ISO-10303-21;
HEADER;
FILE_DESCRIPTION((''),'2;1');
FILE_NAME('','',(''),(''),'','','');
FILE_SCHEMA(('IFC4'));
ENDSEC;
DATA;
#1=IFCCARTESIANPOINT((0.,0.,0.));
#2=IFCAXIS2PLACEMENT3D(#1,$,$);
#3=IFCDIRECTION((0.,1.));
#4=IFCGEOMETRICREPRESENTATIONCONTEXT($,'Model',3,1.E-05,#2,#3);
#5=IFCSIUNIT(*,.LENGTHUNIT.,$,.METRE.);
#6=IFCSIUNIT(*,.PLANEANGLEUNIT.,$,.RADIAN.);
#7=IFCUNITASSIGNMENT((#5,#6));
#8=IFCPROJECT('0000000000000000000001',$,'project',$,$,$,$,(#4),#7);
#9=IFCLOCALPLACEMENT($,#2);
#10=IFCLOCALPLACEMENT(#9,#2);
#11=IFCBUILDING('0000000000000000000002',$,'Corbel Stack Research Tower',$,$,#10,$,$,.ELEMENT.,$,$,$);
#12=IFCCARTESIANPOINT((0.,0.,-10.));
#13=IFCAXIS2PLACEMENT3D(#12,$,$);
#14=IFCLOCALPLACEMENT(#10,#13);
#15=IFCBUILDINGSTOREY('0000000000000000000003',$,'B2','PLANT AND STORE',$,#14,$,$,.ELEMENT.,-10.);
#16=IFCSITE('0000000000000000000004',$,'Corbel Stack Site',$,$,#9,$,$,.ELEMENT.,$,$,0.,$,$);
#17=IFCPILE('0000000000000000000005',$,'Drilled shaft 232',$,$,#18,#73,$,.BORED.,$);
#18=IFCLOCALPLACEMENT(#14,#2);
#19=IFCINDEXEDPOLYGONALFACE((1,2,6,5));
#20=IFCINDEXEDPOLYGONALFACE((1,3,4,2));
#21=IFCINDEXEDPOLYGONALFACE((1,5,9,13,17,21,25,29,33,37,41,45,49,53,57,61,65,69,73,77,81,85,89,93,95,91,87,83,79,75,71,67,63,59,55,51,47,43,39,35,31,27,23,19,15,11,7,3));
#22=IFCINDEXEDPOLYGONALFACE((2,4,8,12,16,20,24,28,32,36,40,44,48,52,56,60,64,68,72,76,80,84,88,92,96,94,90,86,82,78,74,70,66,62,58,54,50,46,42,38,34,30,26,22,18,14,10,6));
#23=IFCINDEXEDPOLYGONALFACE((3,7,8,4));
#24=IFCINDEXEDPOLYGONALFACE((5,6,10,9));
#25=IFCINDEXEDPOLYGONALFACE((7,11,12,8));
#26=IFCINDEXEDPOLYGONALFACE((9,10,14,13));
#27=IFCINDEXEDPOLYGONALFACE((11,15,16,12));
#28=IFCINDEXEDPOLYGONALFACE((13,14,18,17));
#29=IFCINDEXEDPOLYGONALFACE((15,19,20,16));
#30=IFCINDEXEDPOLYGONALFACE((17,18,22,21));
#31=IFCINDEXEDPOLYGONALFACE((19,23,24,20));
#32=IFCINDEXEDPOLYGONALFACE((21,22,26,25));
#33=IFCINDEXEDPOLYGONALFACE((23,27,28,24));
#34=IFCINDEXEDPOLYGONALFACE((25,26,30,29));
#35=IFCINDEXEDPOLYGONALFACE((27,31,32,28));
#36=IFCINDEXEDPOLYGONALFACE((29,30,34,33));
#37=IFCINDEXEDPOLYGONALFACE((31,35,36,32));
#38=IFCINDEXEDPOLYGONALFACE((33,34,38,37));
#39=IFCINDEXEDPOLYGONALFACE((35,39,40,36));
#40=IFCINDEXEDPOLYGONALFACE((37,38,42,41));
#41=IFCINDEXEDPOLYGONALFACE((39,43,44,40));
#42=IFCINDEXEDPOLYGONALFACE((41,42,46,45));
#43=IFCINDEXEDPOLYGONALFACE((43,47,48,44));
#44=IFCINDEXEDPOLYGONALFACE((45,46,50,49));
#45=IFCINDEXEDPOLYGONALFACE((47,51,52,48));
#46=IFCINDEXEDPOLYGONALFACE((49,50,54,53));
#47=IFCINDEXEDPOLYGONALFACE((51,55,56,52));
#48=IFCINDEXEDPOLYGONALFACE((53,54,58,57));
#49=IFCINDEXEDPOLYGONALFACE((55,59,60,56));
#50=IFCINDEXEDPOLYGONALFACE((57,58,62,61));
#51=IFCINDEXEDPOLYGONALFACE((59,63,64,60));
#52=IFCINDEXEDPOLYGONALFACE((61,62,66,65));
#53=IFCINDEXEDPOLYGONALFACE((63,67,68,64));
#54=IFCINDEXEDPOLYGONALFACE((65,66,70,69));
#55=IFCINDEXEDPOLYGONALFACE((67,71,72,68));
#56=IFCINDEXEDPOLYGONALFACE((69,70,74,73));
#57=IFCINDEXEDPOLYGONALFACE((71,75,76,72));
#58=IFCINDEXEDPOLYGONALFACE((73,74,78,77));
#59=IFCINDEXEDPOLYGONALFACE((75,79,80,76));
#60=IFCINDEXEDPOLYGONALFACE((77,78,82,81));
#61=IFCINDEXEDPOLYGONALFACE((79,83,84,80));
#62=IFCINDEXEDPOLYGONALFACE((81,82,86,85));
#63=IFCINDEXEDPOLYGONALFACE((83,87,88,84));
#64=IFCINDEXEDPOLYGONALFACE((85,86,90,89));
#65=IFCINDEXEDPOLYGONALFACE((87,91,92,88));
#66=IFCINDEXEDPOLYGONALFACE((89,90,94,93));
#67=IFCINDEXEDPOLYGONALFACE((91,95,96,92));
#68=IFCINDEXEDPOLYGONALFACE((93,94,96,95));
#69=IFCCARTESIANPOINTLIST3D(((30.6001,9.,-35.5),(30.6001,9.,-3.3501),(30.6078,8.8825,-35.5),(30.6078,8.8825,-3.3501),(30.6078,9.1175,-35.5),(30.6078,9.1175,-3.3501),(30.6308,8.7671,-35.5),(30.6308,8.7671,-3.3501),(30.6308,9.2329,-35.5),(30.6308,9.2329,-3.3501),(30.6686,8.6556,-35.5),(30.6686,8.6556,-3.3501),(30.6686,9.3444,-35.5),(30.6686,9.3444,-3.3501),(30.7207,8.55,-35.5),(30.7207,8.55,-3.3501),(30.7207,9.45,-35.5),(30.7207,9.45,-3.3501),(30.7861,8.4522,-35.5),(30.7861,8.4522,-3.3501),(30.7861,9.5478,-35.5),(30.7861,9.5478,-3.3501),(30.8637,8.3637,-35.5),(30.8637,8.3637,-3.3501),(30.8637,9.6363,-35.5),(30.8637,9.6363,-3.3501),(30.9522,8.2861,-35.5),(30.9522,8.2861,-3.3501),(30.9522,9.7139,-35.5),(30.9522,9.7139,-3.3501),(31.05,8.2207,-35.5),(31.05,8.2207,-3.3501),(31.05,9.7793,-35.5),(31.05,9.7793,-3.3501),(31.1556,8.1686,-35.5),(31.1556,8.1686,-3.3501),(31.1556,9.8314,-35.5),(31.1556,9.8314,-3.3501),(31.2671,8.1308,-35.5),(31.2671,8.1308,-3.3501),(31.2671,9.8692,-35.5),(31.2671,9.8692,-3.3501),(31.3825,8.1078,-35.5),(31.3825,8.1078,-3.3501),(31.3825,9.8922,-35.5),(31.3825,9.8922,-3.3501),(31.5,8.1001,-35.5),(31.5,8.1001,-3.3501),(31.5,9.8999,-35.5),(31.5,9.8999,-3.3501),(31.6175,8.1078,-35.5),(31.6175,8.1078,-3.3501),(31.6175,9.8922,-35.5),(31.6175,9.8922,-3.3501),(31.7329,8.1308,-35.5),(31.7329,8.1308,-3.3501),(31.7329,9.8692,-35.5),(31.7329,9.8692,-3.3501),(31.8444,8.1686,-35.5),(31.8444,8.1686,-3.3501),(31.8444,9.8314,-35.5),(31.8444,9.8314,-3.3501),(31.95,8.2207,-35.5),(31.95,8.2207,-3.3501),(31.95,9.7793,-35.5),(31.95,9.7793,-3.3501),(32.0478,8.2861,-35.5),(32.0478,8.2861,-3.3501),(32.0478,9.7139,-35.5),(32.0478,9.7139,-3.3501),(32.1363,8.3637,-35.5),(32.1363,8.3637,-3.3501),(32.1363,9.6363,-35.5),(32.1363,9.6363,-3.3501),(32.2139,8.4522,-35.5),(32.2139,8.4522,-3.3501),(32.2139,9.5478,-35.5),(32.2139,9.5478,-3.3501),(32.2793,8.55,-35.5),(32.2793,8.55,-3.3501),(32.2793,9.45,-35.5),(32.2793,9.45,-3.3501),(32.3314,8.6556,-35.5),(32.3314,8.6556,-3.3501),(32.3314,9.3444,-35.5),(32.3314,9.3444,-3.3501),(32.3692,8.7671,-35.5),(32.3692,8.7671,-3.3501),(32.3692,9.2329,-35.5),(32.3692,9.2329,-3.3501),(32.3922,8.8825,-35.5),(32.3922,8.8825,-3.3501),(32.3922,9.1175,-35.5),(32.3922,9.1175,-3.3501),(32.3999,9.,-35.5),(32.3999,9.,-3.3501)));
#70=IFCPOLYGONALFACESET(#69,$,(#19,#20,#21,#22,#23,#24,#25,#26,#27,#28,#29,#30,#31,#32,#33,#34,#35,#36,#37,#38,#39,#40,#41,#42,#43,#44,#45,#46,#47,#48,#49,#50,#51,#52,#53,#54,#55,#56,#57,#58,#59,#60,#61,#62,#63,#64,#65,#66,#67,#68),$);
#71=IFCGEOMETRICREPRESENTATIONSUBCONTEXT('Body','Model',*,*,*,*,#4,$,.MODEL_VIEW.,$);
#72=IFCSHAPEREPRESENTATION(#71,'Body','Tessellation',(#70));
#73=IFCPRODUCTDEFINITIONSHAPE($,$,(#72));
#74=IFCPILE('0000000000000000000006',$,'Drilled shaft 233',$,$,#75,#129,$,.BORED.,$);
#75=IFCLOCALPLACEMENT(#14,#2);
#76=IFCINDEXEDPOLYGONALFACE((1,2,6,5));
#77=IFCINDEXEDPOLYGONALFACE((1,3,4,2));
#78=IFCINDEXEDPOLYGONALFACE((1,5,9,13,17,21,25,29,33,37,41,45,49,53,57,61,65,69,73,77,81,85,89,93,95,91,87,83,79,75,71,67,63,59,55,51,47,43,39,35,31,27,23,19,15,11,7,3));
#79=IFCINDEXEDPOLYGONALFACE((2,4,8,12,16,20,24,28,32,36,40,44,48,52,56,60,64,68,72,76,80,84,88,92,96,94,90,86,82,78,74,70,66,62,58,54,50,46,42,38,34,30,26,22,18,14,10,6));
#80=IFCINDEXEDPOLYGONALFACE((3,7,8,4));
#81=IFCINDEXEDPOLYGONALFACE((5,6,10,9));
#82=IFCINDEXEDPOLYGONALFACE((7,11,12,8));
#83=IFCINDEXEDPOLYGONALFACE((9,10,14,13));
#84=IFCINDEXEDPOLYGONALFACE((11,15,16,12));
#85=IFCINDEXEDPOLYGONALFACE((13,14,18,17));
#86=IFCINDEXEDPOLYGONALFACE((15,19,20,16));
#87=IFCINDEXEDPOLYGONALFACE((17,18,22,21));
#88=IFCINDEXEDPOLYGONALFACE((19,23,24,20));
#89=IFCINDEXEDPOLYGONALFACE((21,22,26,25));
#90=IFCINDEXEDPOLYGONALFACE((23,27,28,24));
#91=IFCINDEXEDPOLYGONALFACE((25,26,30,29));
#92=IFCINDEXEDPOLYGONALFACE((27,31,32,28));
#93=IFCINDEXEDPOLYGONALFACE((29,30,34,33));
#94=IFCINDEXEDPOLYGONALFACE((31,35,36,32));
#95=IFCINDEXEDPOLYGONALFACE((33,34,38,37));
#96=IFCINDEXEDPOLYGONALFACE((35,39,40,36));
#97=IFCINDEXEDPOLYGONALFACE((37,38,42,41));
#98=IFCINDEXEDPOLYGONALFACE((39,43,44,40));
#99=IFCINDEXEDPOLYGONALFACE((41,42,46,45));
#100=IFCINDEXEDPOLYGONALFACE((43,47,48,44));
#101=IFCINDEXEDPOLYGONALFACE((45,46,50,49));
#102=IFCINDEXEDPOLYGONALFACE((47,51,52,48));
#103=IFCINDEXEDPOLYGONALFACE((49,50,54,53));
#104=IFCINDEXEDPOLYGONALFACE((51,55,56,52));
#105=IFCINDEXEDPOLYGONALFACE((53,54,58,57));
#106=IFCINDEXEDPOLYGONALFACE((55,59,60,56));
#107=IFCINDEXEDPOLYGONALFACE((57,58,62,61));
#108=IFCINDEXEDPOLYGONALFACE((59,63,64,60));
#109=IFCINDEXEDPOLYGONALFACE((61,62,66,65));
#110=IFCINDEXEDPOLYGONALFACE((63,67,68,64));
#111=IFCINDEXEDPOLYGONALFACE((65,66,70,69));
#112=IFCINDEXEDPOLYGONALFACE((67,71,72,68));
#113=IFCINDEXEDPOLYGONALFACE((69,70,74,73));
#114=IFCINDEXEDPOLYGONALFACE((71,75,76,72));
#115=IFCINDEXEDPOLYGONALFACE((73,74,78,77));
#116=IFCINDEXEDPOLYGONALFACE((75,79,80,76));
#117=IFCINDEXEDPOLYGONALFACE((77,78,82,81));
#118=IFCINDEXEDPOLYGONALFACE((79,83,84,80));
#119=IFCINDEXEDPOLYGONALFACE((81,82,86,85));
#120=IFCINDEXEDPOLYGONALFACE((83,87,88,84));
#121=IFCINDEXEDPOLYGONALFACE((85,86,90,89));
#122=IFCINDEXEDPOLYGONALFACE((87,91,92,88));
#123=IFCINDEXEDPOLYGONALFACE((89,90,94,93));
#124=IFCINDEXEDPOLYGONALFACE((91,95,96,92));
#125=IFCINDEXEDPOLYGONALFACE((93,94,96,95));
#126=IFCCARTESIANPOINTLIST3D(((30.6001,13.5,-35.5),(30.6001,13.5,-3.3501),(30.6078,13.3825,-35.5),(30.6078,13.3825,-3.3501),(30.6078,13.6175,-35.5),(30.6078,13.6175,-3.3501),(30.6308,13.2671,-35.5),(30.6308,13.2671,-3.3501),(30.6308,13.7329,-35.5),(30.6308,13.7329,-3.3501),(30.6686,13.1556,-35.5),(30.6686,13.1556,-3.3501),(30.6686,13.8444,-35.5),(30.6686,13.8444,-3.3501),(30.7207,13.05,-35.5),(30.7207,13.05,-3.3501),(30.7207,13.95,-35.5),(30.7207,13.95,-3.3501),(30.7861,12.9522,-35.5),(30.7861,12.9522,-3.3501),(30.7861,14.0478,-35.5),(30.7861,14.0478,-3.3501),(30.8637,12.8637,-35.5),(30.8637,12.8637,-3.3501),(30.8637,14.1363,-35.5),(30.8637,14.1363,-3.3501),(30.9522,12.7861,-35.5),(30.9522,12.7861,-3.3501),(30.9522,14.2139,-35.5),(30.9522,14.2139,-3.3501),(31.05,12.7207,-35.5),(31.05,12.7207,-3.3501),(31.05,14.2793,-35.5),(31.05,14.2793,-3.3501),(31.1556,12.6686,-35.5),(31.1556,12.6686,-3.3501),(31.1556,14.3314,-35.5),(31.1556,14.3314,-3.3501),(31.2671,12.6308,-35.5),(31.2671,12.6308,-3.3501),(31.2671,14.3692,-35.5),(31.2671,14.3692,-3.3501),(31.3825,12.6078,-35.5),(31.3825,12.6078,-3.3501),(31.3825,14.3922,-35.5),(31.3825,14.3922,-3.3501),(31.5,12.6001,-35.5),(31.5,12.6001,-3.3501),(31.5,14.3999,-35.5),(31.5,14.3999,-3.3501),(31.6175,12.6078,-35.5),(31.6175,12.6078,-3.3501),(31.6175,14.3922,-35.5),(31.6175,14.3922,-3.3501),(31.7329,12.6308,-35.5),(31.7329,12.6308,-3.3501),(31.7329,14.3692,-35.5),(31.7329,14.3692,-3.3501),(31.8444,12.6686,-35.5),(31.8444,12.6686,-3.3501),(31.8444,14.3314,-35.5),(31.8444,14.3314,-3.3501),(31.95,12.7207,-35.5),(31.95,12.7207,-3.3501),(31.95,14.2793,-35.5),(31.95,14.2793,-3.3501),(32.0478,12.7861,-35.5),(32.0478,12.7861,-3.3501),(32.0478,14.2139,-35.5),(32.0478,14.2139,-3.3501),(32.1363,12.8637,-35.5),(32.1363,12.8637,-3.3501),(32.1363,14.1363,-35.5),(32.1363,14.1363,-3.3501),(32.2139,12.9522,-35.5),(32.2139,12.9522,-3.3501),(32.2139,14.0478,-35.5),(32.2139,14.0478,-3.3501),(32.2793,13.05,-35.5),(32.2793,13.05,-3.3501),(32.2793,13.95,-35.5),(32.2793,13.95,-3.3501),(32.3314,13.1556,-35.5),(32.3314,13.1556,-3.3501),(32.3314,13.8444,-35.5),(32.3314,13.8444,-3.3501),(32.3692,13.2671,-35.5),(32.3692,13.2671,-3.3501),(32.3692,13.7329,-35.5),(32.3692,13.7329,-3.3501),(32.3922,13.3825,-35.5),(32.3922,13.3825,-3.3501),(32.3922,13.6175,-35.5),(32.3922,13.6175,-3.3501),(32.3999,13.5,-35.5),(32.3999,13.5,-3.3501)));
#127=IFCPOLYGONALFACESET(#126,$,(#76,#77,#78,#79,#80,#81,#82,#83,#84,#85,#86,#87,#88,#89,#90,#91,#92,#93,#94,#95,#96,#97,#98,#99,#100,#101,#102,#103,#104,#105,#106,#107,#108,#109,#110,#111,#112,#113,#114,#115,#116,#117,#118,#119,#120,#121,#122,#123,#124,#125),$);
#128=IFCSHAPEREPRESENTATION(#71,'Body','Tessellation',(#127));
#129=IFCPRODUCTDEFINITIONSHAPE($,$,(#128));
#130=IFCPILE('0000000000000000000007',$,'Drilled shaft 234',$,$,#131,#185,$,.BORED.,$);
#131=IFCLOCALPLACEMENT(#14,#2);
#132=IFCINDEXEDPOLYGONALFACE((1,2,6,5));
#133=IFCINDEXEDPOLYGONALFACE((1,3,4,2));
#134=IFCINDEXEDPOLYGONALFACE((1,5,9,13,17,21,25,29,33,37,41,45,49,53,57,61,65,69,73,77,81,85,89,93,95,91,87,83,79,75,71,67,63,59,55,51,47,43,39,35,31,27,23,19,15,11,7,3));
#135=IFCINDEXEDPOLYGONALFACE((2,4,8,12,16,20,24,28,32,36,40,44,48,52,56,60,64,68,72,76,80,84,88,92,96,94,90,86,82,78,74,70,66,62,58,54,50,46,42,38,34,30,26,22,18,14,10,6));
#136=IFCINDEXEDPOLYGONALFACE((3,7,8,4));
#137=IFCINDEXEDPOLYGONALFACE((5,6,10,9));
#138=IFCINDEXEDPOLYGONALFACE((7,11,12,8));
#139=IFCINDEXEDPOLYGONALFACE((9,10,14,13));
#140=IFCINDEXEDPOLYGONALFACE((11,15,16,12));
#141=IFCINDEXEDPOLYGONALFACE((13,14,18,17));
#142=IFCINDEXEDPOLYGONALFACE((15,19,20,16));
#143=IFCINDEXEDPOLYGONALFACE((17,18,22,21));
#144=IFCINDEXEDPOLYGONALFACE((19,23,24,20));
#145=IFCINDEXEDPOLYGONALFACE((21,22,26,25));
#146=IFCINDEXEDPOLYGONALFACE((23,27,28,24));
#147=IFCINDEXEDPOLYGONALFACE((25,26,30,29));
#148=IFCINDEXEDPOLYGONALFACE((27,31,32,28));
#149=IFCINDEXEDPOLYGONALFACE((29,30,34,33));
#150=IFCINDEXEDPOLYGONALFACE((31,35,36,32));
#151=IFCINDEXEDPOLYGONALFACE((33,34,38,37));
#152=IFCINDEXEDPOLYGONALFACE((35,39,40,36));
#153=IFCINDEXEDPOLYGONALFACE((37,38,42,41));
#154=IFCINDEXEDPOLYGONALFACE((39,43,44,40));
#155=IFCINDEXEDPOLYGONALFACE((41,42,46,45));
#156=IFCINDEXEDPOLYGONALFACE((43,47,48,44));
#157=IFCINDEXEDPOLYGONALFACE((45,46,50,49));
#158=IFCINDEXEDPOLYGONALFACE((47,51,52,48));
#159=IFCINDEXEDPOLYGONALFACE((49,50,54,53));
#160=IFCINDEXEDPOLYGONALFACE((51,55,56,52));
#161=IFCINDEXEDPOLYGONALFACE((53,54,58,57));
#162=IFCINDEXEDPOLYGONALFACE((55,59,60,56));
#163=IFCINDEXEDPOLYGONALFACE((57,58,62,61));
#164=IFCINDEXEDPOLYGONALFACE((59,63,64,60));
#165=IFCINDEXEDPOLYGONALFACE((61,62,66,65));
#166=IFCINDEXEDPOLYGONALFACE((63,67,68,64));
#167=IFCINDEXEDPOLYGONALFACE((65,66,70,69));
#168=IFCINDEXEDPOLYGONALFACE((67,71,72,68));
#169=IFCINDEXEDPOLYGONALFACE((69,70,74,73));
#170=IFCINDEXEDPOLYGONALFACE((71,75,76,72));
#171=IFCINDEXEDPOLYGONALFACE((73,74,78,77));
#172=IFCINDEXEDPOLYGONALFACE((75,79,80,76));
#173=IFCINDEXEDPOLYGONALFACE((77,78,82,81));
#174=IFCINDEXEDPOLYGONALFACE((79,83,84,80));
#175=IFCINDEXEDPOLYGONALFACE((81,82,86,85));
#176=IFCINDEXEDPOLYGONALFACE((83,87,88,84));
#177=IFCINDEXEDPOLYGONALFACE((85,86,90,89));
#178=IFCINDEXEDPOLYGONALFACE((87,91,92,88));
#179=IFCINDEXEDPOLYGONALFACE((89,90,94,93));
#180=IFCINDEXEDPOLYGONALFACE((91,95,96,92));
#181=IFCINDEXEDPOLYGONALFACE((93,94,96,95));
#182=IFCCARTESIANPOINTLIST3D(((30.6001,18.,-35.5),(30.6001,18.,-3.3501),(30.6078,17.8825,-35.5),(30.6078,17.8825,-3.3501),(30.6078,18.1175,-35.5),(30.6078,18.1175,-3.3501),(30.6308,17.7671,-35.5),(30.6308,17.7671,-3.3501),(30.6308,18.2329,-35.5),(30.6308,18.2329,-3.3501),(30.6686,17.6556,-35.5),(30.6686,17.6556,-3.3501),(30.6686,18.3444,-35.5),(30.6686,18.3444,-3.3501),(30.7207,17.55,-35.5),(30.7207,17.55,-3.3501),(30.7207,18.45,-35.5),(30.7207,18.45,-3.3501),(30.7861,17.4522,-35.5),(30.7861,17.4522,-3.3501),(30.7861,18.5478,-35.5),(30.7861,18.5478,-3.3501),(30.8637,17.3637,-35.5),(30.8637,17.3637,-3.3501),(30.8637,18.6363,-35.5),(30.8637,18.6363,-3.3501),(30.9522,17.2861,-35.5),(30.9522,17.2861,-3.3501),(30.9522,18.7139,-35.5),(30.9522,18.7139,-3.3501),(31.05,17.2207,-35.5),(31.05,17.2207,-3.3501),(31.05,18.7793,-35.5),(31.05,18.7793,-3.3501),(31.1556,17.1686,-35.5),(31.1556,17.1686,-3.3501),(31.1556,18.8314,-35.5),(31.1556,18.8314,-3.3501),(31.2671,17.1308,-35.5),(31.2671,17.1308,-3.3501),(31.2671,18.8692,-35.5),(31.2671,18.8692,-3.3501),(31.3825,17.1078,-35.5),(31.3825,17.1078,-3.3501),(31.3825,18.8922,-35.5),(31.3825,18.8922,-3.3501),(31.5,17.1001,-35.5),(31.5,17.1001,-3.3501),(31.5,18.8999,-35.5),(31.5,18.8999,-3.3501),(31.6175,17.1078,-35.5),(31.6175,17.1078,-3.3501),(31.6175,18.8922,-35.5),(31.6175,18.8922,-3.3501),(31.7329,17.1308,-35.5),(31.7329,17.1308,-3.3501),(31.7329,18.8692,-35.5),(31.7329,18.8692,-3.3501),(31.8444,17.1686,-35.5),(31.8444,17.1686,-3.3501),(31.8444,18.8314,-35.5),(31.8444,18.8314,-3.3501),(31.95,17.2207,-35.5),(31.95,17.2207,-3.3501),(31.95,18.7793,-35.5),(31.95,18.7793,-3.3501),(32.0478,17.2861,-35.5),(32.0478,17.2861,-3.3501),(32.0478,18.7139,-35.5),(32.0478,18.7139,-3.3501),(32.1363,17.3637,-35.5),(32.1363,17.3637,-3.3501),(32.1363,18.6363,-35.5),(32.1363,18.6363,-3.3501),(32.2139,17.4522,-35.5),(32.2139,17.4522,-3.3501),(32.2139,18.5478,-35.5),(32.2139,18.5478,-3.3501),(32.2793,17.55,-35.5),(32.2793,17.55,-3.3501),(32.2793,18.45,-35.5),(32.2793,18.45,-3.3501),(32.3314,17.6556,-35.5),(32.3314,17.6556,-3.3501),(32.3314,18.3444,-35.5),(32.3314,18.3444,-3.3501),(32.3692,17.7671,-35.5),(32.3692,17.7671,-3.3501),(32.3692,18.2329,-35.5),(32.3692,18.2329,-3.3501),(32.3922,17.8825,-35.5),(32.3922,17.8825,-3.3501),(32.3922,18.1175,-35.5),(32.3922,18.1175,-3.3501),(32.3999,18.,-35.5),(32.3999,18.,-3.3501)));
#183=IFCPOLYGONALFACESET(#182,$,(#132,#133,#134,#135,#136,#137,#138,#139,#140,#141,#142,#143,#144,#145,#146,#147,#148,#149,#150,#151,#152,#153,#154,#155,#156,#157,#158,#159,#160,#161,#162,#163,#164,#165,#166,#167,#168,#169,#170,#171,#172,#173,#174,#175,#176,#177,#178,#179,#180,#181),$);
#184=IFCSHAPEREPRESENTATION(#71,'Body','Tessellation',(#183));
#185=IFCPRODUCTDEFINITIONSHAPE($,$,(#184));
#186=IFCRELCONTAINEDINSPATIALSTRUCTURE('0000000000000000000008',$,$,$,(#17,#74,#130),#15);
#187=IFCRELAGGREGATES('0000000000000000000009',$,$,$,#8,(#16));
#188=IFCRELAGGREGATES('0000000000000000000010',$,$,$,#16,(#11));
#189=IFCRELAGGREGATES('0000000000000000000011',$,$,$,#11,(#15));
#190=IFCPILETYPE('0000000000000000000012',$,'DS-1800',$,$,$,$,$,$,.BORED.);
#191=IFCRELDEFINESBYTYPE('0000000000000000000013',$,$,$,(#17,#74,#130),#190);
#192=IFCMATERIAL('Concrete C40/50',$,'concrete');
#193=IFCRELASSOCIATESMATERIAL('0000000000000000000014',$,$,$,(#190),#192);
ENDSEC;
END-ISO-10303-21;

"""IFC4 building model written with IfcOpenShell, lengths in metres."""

from ifc_helpers import new_model, si_unit, direction, frame, origin, origin_2d, place, context, subcontext, project, spatial, circle, extrude, material, material_profile, profile_set, type_object, element, save


model = new_model("IFC4")

# Units and contexts
model_context = context("Model", 3, precision=1e-05, world=origin(), true_north=direction((0.0, 1.0)))
body_context = subcontext(model_context, "Body", "Model", "MODEL_VIEW")
ifc_project = project(units=[si_unit("LENGTHUNIT", "METRE"), si_unit("PLANEANGLEUNIT", "RADIAN")], contexts=[model_context])

# Site, building, storey
site_placement = place(None, origin())
site = spatial("IfcSite", under=ifc_project, at=site_placement, Name="Corbel Stack Site", CompositionType="ELEMENT", RefElevation=0.0)
building_placement = place(site_placement, origin())
building = spatial("IfcBuilding", under=site, at=building_placement, Name="Corbel Stack Research Tower", CompositionType="ELEMENT")
storey_placement = place(building_placement, frame((0.0, 0.0, -10.0)))
storey = spatial("IfcBuildingStorey", under=building, at=storey_placement, Name="B2", Description="PLANT AND STORE", CompositionType="ELEMENT", Elevation=-10.0)

# Piles
ifc_material_1 = material(Name="Concrete C40/50", Category="concrete")
ifc_material_profile_1 = material_profile(ifc_material_1, circle(Radius=0.8999, at=origin_2d()), Name="Shaft 1800")
ifc_profile_set_1 = profile_set([ifc_material_profile_1], Name="Concrete C40/50")
pile_type = type_object("IfcPileType", Name="DS-1800", PredefinedType="BORED", material=ifc_profile_set_1)
for number, where, z_axis, x_axis, name in (
    (1, (31.5, 9.0, -3.3501), (0.0, 0.0, -1.0), (1.0, 0.0, 0.0), "Drilled shaft 232"),
    (2, (31.5, 13.5, -3.3501), (0.0, 0.0, -1.0), (1.0, 0.0, 0.0), "Drilled shaft 233"),
    (3, (31.5, 18.0, -3.3501), (0.0, 0.0, -1.0), (1.0, 0.0, 0.0), "Drilled shaft 234"),
):
    element("IfcPile", number, at=place(storey_placement, frame(where, z_axis=z_axis, x_axis=x_axis)), inside=storey, type_object=pile_type, Name=name, PredefinedType="BORED", context=body_context, shape_type="SweptSolid", body=[
        extrude(circle(Radius=0.8999, at=origin_2d()), origin(), (0.0, 0.0, 1.0), 32.1499),
    ])

save(model, "model.ifc")
